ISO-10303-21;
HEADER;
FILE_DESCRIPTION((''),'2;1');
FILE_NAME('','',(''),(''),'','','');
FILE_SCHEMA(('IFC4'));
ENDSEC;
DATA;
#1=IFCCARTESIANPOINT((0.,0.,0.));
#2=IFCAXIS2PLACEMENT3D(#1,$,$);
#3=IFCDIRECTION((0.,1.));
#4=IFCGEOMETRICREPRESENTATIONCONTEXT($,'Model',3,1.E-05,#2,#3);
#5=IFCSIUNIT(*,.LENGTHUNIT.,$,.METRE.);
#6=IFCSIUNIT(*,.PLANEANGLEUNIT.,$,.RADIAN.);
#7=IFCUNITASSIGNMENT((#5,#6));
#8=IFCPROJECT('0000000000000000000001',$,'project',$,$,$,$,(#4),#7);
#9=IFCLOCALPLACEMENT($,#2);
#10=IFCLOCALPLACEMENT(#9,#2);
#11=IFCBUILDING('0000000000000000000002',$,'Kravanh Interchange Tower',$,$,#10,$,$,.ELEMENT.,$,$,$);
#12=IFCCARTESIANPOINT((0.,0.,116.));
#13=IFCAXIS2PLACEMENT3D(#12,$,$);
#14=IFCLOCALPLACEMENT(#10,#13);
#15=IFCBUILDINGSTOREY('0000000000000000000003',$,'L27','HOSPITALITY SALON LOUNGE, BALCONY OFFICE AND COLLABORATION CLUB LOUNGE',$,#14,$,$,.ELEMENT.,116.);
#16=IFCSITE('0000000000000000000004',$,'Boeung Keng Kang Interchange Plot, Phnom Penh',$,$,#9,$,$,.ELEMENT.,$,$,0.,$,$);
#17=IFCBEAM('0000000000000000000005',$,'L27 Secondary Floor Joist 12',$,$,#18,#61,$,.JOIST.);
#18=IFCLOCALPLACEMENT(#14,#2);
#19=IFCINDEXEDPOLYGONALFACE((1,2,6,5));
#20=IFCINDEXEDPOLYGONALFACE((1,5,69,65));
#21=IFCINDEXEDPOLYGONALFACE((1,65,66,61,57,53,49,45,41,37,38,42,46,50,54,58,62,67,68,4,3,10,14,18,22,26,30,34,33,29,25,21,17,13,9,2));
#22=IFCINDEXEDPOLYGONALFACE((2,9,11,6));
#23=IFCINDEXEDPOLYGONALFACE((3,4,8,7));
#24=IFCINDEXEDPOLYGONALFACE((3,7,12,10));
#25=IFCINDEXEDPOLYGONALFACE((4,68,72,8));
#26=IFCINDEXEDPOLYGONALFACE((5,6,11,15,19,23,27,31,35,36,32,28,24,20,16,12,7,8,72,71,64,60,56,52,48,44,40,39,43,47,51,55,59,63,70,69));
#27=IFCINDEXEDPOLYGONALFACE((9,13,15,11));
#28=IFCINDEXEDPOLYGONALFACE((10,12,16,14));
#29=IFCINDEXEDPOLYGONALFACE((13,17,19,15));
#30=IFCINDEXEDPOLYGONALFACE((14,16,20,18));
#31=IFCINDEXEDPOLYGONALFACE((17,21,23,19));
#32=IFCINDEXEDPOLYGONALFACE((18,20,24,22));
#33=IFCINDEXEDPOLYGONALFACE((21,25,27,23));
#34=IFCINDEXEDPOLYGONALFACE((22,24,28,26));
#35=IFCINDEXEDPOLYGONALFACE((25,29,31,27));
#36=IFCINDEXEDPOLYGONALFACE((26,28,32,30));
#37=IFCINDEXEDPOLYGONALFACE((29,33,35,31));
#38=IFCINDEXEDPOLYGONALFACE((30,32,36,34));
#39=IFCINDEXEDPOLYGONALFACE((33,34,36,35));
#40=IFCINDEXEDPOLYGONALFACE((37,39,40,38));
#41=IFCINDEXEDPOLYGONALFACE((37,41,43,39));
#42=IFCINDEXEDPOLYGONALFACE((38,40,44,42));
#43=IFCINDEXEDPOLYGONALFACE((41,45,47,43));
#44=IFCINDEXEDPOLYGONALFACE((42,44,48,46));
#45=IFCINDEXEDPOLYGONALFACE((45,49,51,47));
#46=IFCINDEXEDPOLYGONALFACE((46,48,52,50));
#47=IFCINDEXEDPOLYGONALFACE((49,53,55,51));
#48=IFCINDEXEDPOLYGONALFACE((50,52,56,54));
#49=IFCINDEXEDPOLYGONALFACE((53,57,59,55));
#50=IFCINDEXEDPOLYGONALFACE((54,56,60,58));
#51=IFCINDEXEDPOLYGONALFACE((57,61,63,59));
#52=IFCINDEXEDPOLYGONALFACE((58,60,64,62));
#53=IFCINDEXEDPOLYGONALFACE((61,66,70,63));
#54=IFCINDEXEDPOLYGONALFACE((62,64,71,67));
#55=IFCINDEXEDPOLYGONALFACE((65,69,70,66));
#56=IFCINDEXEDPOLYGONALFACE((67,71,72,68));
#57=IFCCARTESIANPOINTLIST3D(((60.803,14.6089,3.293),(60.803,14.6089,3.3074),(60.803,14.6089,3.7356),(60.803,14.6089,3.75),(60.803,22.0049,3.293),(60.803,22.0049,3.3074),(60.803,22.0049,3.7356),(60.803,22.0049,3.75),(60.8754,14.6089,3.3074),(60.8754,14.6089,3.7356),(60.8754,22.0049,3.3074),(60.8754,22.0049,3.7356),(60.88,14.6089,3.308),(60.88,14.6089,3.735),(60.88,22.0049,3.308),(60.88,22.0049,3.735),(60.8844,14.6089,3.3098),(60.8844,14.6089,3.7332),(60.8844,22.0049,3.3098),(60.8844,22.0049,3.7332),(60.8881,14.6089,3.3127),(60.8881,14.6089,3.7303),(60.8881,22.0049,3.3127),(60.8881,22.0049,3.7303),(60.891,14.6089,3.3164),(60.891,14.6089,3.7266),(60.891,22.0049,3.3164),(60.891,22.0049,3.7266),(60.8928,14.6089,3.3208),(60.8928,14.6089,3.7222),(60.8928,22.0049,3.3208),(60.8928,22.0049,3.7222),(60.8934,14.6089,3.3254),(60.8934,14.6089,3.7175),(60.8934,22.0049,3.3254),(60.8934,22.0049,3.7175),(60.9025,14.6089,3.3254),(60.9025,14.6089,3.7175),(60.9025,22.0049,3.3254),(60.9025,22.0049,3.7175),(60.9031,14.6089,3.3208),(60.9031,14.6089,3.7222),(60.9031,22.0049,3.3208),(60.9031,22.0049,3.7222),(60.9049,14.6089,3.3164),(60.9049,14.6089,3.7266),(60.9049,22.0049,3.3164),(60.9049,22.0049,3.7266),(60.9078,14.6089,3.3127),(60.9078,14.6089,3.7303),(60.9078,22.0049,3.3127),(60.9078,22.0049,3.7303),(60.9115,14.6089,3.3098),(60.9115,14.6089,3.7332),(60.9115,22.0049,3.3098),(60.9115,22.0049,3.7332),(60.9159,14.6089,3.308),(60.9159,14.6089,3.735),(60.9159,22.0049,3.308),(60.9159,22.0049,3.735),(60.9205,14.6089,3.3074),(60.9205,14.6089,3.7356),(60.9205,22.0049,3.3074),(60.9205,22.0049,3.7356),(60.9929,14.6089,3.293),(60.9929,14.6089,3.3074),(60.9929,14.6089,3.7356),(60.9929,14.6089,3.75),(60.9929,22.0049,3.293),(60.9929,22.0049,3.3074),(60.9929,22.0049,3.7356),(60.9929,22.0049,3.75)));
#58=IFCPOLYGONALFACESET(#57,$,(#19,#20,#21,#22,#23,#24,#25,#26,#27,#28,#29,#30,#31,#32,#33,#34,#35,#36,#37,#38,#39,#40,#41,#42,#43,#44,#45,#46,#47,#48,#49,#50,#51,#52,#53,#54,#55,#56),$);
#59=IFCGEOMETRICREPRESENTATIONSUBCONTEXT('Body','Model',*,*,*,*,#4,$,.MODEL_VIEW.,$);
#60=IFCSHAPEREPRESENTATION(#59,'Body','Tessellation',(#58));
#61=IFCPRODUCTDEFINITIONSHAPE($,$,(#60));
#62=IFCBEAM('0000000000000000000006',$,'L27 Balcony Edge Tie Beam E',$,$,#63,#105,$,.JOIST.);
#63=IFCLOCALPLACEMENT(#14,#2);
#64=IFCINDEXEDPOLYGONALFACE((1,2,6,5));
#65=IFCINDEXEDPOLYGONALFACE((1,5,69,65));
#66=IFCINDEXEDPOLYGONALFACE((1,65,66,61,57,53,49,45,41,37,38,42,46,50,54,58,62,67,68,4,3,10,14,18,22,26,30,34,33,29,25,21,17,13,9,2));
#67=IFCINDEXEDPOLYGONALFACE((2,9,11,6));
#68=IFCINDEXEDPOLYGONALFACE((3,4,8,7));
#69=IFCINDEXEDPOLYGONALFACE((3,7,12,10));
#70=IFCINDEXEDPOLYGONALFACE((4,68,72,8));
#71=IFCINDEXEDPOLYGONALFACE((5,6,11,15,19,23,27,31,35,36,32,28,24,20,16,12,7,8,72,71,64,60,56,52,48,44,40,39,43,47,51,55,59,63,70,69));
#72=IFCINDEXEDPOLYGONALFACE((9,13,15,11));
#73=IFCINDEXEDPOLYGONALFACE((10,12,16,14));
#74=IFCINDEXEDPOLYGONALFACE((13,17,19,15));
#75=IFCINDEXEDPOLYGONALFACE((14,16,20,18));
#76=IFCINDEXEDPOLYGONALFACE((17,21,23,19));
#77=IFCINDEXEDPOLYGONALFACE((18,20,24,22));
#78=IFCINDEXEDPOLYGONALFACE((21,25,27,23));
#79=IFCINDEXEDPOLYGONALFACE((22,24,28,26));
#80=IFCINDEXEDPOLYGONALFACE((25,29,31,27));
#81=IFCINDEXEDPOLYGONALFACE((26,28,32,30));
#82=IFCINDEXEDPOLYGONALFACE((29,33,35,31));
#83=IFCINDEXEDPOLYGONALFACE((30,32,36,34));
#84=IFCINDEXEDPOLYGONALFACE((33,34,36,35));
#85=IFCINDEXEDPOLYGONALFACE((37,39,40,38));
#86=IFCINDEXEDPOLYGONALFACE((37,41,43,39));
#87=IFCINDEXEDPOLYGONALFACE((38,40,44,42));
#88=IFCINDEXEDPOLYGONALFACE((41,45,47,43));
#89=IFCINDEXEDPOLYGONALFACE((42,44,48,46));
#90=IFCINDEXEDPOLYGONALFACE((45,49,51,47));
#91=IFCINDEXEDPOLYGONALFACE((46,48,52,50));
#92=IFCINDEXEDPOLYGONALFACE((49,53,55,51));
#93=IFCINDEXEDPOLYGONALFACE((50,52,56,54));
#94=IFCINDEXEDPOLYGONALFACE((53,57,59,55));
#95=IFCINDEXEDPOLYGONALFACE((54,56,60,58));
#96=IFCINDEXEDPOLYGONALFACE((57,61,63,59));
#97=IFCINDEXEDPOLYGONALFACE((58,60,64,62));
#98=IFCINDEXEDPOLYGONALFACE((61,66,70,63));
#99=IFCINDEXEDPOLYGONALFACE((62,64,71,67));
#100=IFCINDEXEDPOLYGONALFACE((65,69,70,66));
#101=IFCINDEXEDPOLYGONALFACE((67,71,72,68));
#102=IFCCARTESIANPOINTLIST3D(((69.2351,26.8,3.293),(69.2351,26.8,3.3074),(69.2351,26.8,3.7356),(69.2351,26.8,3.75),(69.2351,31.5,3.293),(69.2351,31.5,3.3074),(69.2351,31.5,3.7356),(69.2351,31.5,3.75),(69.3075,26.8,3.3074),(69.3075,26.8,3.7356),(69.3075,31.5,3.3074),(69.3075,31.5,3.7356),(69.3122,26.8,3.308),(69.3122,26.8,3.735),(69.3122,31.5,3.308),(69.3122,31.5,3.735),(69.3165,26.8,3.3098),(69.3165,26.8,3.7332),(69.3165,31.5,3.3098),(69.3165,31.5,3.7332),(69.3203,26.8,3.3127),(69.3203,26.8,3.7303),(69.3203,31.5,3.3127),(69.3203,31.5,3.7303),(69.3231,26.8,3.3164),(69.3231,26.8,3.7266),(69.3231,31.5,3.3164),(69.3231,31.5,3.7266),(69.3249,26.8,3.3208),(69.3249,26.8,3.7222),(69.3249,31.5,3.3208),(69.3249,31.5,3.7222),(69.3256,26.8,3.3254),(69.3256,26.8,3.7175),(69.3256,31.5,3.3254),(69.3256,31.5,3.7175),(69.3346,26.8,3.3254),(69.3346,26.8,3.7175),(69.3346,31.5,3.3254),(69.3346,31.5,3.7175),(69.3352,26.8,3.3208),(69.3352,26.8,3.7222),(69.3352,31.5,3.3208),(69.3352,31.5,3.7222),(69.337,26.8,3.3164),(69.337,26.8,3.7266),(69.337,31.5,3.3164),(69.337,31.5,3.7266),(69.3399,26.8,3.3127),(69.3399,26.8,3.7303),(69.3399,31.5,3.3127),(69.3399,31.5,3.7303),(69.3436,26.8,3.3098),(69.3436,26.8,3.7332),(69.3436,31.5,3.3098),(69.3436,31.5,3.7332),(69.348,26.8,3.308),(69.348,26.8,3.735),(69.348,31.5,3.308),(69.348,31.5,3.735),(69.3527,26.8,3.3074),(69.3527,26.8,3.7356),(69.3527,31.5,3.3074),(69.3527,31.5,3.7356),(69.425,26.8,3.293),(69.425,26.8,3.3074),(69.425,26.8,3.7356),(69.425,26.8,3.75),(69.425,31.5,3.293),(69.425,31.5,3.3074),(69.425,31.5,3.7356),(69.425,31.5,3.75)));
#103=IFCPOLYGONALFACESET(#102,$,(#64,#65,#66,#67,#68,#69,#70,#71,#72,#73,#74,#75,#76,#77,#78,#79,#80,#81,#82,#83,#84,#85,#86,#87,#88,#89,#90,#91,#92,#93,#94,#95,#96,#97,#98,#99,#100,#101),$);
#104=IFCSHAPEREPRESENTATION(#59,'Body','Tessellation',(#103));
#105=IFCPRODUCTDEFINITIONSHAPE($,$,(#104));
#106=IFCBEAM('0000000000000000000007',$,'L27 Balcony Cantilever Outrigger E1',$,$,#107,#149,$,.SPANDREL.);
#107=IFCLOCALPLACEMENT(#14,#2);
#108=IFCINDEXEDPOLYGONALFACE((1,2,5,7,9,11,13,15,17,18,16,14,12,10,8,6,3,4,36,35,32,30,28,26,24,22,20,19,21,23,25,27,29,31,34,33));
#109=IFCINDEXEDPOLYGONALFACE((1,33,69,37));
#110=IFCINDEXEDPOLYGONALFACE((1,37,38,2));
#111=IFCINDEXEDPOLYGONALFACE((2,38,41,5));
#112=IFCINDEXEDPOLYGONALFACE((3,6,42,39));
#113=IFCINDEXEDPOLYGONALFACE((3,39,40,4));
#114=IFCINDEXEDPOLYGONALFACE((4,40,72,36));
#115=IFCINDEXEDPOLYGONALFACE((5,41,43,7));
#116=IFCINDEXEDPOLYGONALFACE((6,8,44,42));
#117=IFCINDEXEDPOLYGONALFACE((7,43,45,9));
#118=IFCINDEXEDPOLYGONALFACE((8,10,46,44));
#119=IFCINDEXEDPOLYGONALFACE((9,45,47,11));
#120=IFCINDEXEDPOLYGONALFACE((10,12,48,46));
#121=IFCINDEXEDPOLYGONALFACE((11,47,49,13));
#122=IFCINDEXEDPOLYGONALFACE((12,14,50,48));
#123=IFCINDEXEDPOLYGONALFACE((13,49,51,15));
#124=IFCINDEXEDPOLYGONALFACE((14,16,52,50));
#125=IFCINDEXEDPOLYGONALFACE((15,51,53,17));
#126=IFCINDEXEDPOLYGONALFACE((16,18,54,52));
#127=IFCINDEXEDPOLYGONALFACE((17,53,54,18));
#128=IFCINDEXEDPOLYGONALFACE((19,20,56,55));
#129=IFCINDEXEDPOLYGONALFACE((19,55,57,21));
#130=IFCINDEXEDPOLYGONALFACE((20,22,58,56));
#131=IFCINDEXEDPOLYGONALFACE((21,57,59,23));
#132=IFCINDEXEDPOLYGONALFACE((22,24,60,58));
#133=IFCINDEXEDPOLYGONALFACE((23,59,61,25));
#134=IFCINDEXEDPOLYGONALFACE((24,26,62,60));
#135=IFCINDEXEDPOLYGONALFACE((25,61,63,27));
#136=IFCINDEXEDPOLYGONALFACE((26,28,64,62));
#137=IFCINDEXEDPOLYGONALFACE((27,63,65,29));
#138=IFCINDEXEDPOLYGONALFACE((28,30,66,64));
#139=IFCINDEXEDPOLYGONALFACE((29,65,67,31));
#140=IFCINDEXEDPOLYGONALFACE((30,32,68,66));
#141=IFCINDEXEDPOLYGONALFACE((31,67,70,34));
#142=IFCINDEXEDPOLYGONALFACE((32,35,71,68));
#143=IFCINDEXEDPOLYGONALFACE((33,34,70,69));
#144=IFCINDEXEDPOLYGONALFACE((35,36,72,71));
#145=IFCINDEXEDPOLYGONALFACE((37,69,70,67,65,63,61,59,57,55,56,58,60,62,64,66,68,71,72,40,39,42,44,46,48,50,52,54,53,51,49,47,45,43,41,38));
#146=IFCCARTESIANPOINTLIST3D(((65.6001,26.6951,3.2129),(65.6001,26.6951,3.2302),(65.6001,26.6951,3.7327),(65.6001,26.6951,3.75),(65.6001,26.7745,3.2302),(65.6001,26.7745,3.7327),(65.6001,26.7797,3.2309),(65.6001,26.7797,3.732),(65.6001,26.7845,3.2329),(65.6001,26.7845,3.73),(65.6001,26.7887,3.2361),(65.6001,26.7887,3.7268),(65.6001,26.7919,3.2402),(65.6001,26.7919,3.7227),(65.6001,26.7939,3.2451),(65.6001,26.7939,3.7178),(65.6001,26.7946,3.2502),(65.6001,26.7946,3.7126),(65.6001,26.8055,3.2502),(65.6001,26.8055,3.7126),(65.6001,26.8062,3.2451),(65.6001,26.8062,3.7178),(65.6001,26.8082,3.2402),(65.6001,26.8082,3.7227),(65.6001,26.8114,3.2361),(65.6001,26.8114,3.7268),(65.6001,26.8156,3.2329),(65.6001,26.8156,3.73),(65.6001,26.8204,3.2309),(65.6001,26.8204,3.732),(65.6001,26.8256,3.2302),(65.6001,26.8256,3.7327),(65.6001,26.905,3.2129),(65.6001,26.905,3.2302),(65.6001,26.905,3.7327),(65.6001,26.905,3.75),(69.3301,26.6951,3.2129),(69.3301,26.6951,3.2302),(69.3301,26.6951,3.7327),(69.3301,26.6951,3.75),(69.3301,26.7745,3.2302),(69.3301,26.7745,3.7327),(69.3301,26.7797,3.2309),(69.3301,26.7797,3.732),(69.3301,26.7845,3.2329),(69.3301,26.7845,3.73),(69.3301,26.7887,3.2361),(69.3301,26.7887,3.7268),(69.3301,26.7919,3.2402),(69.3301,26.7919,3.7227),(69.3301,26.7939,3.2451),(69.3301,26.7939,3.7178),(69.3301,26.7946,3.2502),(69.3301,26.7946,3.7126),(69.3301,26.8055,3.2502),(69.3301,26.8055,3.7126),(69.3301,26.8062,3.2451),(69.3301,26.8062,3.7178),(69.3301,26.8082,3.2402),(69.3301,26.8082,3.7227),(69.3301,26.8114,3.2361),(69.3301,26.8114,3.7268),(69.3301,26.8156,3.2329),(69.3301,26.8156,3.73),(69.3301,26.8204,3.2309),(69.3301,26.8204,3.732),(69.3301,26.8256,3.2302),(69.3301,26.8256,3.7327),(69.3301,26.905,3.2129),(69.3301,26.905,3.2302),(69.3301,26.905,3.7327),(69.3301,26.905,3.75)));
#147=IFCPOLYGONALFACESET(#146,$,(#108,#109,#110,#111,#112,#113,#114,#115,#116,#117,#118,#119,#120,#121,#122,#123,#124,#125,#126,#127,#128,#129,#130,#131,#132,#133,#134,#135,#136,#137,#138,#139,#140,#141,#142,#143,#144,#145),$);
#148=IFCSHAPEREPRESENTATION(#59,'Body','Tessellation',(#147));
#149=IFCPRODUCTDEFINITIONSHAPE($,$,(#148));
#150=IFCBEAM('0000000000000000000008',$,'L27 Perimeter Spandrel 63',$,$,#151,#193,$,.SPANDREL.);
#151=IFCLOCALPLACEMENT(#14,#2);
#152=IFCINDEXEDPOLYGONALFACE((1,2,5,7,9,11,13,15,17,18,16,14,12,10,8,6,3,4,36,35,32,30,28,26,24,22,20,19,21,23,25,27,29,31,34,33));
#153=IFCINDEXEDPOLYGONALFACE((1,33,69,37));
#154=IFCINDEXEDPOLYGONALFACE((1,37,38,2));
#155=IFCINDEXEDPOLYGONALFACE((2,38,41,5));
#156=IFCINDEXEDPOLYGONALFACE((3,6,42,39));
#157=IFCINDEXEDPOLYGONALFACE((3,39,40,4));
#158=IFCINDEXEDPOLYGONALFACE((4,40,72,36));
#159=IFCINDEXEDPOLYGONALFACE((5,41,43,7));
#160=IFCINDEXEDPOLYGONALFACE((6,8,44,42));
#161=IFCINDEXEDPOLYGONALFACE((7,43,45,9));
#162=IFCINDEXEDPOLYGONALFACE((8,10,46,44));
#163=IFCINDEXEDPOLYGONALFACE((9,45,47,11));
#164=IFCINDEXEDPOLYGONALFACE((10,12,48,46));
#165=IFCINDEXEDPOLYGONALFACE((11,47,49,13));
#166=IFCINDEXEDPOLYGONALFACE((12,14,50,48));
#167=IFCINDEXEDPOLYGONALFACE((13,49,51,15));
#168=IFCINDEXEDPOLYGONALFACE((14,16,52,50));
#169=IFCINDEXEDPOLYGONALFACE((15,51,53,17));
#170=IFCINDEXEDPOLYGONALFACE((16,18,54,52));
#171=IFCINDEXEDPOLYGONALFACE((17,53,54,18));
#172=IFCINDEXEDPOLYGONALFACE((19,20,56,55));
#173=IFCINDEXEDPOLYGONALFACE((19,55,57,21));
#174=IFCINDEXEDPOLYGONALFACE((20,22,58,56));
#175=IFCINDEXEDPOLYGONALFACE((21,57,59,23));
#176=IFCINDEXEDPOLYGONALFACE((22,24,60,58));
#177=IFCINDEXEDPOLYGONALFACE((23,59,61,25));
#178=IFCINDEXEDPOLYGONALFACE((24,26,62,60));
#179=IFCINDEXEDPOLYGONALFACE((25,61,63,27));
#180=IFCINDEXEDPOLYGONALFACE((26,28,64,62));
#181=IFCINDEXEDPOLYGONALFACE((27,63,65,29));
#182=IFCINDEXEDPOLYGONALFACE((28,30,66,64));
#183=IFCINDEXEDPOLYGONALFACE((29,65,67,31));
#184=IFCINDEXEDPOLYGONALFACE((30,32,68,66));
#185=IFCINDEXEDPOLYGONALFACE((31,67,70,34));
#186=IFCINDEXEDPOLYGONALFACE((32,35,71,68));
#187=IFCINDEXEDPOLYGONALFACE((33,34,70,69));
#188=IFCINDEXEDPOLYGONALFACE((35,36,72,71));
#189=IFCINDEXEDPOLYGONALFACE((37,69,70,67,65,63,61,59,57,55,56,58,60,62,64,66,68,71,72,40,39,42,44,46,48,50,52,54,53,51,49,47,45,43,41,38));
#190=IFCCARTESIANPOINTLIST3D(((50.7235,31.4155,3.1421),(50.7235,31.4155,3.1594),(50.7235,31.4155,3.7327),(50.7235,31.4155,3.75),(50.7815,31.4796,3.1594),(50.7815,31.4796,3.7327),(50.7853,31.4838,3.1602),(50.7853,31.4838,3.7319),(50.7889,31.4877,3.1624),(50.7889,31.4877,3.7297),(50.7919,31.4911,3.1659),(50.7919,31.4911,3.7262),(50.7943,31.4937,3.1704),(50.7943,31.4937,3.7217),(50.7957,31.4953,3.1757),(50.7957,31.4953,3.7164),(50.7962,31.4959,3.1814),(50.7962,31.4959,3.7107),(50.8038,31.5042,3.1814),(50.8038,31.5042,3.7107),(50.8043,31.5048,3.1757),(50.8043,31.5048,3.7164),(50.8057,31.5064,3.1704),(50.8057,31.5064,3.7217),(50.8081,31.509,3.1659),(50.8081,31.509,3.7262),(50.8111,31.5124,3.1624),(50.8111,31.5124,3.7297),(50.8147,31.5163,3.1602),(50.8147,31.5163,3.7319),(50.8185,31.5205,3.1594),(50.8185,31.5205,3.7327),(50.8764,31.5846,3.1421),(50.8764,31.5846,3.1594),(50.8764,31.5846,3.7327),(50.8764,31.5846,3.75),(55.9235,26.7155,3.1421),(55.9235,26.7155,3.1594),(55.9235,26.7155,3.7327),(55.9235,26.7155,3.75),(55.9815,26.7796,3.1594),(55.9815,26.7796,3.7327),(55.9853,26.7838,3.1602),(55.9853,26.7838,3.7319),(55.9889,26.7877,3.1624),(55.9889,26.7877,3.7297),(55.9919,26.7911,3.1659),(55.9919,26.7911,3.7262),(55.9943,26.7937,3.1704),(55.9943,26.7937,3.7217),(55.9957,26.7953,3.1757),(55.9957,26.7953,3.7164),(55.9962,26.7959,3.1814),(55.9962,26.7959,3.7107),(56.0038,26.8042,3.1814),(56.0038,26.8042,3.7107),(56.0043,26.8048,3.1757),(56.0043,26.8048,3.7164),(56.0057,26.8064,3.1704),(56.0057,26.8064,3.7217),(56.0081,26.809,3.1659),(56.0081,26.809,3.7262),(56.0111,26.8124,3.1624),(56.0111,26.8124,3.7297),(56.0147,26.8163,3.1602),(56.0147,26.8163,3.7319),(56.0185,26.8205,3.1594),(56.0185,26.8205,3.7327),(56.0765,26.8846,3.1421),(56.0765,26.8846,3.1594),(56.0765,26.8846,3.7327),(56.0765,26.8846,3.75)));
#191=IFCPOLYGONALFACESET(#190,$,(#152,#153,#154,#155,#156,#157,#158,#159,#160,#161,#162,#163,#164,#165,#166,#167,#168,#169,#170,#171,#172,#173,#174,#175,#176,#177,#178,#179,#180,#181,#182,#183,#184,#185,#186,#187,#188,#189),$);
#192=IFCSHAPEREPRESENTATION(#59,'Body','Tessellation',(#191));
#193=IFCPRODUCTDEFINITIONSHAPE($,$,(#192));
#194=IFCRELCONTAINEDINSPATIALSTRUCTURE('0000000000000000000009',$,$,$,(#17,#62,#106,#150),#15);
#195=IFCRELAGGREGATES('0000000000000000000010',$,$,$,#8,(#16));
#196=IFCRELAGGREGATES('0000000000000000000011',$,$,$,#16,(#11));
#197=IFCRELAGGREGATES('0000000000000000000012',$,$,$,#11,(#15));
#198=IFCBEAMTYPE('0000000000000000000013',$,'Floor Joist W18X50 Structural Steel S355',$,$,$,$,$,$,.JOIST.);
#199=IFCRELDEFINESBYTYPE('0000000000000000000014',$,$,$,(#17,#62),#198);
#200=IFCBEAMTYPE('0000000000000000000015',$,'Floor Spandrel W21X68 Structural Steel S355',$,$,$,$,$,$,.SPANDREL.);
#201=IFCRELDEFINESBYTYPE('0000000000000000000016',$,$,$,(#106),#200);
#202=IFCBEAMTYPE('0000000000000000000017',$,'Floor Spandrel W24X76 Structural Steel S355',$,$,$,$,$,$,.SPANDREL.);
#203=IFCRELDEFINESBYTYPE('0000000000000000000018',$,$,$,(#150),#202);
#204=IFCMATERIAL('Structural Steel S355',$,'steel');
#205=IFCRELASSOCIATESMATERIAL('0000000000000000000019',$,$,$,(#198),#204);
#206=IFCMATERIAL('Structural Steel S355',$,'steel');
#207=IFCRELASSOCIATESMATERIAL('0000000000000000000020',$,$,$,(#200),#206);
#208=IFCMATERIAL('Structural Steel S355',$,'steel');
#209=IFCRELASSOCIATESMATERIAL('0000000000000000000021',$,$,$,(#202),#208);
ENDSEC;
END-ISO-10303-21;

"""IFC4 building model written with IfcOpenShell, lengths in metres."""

from ifc_helpers import new_model, si_unit, direction, frame, origin, origin_2d, place, context, subcontext, project, spatial, i_section, extrude, material, material_profile, profile_set, type_object, element, save


model = new_model("IFC4")

# Units and contexts
model_context = context("Model", 3, precision=1e-05, world=origin(), true_north=direction((0.0, 1.0)))
body_context = subcontext(model_context, "Body", "Model", "MODEL_VIEW")
ifc_project = project(units=[si_unit("LENGTHUNIT", "METRE"), si_unit("PLANEANGLEUNIT", "RADIAN")], contexts=[model_context])

# Site, building, storey
site_placement = place(None, origin())
site = spatial("IfcSite", under=ifc_project, at=site_placement, Name="Boeung Keng Kang Interchange Plot, Phnom Penh", CompositionType="ELEMENT", RefElevation=0.0)
building_placement = place(site_placement, origin())
building = spatial("IfcBuilding", under=site, at=building_placement, Name="Kravanh Interchange Tower", CompositionType="ELEMENT")
storey_placement = place(building_placement, frame((0.0, 0.0, 116.0)))
storey = spatial("IfcBuildingStorey", under=building, at=storey_placement, Name="L27", Description="HOSPITALITY SALON LOUNGE, BALCONY OFFICE AND COLLABORATION CLUB LOUNGE", CompositionType="ELEMENT", Elevation=116.0)

# Beams
ifc_material_1 = material(Name="Structural Steel S355", Category="steel")
ifc_material_profile_1 = material_profile(ifc_material_1, i_section(OverallWidth=0.1899, OverallDepth=0.457, WebThickness=0.009, FlangeThickness=0.0144, FilletRadius=0.0181, at=origin_2d()), Name="W18X50")
ifc_profile_set_1 = profile_set([ifc_material_profile_1], Name="Structural Steel S355")
beam_type_1 = type_object("IfcBeamType", Name="Floor Joist W18X50 Structural Steel S355", PredefinedType="JOIST", material=ifc_profile_set_1)
for number, where, z_axis, x_axis, name in (
    (1, (60.8979, 14.6089, 3.5215), (0.0, 1.0, 0.0), (-1.0, 0.0, 0.0), "L27 Secondary Floor Joist 12"),
):
    element("IfcBeam", number, at=place(storey_placement, frame(where, z_axis=z_axis, x_axis=x_axis)), inside=storey, type_object=beam_type_1, Name=name, PredefinedType="JOIST", context=body_context, shape_type="SweptSolid", body=[
        extrude(i_section(OverallWidth=0.1899, OverallDepth=0.457, WebThickness=0.009, FlangeThickness=0.0144, FilletRadius=0.0181, at=origin_2d()), origin(), (0.0, 0.0, 1.0), 7.396),
    ])
beam_1_placement = place(storey_placement, frame((69.3301, 26.8, 3.5215), z_axis=(0.0, 1.0, 0.0), x_axis=(-1.0, 0.0, 0.0)))
element("IfcBeam", 2, at=beam_1_placement, inside=storey, type_object=beam_type_1, Name="L27 Balcony Edge Tie Beam E", PredefinedType="JOIST", context=body_context, shape_type="SweptSolid", body=[
    extrude(i_section(OverallWidth=0.1899, OverallDepth=0.457, WebThickness=0.009, FlangeThickness=0.0144, FilletRadius=0.0181, at=origin_2d()), origin(), (0.0, 0.0, 1.0), 4.7),
])
ifc_material_2 = material(Name="Structural Steel S355", Category="steel")
ifc_material_profile_2 = material_profile(ifc_material_2, i_section(OverallWidth=0.21, OverallDepth=0.5371, WebThickness=0.011, FlangeThickness=0.0173, FilletRadius=0.02, at=origin_2d()), Name="W21X68")
ifc_profile_set_2 = profile_set([ifc_material_profile_2], Name="Structural Steel S355")
beam_type_2 = type_object("IfcBeamType", Name="Floor Spandrel W21X68 Structural Steel S355", PredefinedType="SPANDREL", material=ifc_profile_set_2)
beam_2_placement = place(storey_placement, frame((65.6001, 26.8, 3.4814), z_axis=(1.0, 0.0, 0.0), x_axis=(0.0, 1.0, 0.0)))
element("IfcBeam", 3, at=beam_2_placement, inside=storey, type_object=beam_type_2, Name="L27 Balcony Cantilever Outrigger E1", PredefinedType="SPANDREL", context=body_context, shape_type="SweptSolid", body=[
    extrude(i_section(OverallWidth=0.21, OverallDepth=0.5371, WebThickness=0.011, FlangeThickness=0.0173, FilletRadius=0.02, at=origin_2d()), origin(), (0.0, 0.0, 1.0), 3.73),
])
ifc_material_3 = material(Name="Structural Steel S355", Category="steel")
ifc_material_profile_3 = material_profile(ifc_material_3, i_section(OverallWidth=0.228, OverallDepth=0.6079, WebThickness=0.0112, FlangeThickness=0.0173, FilletRadius=0.022, at=origin_2d()), Name="W24X76")
ifc_profile_set_3 = profile_set([ifc_material_profile_3], Name="Structural Steel S355")
beam_type_3 = type_object("IfcBeamType", Name="Floor Spandrel W24X76 Structural Steel S355", PredefinedType="SPANDREL", material=ifc_profile_set_3)
beam_3_placement = place(storey_placement, frame((56.0, 26.8, 3.446), z_axis=(-0.741874, 0.670539, 0.0), x_axis=(-0.670539, -0.741874, 0.0)))
element("IfcBeam", 4, at=beam_3_placement, inside=storey, type_object=beam_type_3, Name="L27 Perimeter Spandrel 63", PredefinedType="SPANDREL", context=body_context, shape_type="SweptSolid", body=[
    extrude(i_section(OverallWidth=0.228, OverallDepth=0.6079, WebThickness=0.0112, FlangeThickness=0.0173, FilletRadius=0.022, at=origin_2d()), origin(), (0.0, 0.0, 1.0), 7.0093),
])

save(model, "model.ifc")
